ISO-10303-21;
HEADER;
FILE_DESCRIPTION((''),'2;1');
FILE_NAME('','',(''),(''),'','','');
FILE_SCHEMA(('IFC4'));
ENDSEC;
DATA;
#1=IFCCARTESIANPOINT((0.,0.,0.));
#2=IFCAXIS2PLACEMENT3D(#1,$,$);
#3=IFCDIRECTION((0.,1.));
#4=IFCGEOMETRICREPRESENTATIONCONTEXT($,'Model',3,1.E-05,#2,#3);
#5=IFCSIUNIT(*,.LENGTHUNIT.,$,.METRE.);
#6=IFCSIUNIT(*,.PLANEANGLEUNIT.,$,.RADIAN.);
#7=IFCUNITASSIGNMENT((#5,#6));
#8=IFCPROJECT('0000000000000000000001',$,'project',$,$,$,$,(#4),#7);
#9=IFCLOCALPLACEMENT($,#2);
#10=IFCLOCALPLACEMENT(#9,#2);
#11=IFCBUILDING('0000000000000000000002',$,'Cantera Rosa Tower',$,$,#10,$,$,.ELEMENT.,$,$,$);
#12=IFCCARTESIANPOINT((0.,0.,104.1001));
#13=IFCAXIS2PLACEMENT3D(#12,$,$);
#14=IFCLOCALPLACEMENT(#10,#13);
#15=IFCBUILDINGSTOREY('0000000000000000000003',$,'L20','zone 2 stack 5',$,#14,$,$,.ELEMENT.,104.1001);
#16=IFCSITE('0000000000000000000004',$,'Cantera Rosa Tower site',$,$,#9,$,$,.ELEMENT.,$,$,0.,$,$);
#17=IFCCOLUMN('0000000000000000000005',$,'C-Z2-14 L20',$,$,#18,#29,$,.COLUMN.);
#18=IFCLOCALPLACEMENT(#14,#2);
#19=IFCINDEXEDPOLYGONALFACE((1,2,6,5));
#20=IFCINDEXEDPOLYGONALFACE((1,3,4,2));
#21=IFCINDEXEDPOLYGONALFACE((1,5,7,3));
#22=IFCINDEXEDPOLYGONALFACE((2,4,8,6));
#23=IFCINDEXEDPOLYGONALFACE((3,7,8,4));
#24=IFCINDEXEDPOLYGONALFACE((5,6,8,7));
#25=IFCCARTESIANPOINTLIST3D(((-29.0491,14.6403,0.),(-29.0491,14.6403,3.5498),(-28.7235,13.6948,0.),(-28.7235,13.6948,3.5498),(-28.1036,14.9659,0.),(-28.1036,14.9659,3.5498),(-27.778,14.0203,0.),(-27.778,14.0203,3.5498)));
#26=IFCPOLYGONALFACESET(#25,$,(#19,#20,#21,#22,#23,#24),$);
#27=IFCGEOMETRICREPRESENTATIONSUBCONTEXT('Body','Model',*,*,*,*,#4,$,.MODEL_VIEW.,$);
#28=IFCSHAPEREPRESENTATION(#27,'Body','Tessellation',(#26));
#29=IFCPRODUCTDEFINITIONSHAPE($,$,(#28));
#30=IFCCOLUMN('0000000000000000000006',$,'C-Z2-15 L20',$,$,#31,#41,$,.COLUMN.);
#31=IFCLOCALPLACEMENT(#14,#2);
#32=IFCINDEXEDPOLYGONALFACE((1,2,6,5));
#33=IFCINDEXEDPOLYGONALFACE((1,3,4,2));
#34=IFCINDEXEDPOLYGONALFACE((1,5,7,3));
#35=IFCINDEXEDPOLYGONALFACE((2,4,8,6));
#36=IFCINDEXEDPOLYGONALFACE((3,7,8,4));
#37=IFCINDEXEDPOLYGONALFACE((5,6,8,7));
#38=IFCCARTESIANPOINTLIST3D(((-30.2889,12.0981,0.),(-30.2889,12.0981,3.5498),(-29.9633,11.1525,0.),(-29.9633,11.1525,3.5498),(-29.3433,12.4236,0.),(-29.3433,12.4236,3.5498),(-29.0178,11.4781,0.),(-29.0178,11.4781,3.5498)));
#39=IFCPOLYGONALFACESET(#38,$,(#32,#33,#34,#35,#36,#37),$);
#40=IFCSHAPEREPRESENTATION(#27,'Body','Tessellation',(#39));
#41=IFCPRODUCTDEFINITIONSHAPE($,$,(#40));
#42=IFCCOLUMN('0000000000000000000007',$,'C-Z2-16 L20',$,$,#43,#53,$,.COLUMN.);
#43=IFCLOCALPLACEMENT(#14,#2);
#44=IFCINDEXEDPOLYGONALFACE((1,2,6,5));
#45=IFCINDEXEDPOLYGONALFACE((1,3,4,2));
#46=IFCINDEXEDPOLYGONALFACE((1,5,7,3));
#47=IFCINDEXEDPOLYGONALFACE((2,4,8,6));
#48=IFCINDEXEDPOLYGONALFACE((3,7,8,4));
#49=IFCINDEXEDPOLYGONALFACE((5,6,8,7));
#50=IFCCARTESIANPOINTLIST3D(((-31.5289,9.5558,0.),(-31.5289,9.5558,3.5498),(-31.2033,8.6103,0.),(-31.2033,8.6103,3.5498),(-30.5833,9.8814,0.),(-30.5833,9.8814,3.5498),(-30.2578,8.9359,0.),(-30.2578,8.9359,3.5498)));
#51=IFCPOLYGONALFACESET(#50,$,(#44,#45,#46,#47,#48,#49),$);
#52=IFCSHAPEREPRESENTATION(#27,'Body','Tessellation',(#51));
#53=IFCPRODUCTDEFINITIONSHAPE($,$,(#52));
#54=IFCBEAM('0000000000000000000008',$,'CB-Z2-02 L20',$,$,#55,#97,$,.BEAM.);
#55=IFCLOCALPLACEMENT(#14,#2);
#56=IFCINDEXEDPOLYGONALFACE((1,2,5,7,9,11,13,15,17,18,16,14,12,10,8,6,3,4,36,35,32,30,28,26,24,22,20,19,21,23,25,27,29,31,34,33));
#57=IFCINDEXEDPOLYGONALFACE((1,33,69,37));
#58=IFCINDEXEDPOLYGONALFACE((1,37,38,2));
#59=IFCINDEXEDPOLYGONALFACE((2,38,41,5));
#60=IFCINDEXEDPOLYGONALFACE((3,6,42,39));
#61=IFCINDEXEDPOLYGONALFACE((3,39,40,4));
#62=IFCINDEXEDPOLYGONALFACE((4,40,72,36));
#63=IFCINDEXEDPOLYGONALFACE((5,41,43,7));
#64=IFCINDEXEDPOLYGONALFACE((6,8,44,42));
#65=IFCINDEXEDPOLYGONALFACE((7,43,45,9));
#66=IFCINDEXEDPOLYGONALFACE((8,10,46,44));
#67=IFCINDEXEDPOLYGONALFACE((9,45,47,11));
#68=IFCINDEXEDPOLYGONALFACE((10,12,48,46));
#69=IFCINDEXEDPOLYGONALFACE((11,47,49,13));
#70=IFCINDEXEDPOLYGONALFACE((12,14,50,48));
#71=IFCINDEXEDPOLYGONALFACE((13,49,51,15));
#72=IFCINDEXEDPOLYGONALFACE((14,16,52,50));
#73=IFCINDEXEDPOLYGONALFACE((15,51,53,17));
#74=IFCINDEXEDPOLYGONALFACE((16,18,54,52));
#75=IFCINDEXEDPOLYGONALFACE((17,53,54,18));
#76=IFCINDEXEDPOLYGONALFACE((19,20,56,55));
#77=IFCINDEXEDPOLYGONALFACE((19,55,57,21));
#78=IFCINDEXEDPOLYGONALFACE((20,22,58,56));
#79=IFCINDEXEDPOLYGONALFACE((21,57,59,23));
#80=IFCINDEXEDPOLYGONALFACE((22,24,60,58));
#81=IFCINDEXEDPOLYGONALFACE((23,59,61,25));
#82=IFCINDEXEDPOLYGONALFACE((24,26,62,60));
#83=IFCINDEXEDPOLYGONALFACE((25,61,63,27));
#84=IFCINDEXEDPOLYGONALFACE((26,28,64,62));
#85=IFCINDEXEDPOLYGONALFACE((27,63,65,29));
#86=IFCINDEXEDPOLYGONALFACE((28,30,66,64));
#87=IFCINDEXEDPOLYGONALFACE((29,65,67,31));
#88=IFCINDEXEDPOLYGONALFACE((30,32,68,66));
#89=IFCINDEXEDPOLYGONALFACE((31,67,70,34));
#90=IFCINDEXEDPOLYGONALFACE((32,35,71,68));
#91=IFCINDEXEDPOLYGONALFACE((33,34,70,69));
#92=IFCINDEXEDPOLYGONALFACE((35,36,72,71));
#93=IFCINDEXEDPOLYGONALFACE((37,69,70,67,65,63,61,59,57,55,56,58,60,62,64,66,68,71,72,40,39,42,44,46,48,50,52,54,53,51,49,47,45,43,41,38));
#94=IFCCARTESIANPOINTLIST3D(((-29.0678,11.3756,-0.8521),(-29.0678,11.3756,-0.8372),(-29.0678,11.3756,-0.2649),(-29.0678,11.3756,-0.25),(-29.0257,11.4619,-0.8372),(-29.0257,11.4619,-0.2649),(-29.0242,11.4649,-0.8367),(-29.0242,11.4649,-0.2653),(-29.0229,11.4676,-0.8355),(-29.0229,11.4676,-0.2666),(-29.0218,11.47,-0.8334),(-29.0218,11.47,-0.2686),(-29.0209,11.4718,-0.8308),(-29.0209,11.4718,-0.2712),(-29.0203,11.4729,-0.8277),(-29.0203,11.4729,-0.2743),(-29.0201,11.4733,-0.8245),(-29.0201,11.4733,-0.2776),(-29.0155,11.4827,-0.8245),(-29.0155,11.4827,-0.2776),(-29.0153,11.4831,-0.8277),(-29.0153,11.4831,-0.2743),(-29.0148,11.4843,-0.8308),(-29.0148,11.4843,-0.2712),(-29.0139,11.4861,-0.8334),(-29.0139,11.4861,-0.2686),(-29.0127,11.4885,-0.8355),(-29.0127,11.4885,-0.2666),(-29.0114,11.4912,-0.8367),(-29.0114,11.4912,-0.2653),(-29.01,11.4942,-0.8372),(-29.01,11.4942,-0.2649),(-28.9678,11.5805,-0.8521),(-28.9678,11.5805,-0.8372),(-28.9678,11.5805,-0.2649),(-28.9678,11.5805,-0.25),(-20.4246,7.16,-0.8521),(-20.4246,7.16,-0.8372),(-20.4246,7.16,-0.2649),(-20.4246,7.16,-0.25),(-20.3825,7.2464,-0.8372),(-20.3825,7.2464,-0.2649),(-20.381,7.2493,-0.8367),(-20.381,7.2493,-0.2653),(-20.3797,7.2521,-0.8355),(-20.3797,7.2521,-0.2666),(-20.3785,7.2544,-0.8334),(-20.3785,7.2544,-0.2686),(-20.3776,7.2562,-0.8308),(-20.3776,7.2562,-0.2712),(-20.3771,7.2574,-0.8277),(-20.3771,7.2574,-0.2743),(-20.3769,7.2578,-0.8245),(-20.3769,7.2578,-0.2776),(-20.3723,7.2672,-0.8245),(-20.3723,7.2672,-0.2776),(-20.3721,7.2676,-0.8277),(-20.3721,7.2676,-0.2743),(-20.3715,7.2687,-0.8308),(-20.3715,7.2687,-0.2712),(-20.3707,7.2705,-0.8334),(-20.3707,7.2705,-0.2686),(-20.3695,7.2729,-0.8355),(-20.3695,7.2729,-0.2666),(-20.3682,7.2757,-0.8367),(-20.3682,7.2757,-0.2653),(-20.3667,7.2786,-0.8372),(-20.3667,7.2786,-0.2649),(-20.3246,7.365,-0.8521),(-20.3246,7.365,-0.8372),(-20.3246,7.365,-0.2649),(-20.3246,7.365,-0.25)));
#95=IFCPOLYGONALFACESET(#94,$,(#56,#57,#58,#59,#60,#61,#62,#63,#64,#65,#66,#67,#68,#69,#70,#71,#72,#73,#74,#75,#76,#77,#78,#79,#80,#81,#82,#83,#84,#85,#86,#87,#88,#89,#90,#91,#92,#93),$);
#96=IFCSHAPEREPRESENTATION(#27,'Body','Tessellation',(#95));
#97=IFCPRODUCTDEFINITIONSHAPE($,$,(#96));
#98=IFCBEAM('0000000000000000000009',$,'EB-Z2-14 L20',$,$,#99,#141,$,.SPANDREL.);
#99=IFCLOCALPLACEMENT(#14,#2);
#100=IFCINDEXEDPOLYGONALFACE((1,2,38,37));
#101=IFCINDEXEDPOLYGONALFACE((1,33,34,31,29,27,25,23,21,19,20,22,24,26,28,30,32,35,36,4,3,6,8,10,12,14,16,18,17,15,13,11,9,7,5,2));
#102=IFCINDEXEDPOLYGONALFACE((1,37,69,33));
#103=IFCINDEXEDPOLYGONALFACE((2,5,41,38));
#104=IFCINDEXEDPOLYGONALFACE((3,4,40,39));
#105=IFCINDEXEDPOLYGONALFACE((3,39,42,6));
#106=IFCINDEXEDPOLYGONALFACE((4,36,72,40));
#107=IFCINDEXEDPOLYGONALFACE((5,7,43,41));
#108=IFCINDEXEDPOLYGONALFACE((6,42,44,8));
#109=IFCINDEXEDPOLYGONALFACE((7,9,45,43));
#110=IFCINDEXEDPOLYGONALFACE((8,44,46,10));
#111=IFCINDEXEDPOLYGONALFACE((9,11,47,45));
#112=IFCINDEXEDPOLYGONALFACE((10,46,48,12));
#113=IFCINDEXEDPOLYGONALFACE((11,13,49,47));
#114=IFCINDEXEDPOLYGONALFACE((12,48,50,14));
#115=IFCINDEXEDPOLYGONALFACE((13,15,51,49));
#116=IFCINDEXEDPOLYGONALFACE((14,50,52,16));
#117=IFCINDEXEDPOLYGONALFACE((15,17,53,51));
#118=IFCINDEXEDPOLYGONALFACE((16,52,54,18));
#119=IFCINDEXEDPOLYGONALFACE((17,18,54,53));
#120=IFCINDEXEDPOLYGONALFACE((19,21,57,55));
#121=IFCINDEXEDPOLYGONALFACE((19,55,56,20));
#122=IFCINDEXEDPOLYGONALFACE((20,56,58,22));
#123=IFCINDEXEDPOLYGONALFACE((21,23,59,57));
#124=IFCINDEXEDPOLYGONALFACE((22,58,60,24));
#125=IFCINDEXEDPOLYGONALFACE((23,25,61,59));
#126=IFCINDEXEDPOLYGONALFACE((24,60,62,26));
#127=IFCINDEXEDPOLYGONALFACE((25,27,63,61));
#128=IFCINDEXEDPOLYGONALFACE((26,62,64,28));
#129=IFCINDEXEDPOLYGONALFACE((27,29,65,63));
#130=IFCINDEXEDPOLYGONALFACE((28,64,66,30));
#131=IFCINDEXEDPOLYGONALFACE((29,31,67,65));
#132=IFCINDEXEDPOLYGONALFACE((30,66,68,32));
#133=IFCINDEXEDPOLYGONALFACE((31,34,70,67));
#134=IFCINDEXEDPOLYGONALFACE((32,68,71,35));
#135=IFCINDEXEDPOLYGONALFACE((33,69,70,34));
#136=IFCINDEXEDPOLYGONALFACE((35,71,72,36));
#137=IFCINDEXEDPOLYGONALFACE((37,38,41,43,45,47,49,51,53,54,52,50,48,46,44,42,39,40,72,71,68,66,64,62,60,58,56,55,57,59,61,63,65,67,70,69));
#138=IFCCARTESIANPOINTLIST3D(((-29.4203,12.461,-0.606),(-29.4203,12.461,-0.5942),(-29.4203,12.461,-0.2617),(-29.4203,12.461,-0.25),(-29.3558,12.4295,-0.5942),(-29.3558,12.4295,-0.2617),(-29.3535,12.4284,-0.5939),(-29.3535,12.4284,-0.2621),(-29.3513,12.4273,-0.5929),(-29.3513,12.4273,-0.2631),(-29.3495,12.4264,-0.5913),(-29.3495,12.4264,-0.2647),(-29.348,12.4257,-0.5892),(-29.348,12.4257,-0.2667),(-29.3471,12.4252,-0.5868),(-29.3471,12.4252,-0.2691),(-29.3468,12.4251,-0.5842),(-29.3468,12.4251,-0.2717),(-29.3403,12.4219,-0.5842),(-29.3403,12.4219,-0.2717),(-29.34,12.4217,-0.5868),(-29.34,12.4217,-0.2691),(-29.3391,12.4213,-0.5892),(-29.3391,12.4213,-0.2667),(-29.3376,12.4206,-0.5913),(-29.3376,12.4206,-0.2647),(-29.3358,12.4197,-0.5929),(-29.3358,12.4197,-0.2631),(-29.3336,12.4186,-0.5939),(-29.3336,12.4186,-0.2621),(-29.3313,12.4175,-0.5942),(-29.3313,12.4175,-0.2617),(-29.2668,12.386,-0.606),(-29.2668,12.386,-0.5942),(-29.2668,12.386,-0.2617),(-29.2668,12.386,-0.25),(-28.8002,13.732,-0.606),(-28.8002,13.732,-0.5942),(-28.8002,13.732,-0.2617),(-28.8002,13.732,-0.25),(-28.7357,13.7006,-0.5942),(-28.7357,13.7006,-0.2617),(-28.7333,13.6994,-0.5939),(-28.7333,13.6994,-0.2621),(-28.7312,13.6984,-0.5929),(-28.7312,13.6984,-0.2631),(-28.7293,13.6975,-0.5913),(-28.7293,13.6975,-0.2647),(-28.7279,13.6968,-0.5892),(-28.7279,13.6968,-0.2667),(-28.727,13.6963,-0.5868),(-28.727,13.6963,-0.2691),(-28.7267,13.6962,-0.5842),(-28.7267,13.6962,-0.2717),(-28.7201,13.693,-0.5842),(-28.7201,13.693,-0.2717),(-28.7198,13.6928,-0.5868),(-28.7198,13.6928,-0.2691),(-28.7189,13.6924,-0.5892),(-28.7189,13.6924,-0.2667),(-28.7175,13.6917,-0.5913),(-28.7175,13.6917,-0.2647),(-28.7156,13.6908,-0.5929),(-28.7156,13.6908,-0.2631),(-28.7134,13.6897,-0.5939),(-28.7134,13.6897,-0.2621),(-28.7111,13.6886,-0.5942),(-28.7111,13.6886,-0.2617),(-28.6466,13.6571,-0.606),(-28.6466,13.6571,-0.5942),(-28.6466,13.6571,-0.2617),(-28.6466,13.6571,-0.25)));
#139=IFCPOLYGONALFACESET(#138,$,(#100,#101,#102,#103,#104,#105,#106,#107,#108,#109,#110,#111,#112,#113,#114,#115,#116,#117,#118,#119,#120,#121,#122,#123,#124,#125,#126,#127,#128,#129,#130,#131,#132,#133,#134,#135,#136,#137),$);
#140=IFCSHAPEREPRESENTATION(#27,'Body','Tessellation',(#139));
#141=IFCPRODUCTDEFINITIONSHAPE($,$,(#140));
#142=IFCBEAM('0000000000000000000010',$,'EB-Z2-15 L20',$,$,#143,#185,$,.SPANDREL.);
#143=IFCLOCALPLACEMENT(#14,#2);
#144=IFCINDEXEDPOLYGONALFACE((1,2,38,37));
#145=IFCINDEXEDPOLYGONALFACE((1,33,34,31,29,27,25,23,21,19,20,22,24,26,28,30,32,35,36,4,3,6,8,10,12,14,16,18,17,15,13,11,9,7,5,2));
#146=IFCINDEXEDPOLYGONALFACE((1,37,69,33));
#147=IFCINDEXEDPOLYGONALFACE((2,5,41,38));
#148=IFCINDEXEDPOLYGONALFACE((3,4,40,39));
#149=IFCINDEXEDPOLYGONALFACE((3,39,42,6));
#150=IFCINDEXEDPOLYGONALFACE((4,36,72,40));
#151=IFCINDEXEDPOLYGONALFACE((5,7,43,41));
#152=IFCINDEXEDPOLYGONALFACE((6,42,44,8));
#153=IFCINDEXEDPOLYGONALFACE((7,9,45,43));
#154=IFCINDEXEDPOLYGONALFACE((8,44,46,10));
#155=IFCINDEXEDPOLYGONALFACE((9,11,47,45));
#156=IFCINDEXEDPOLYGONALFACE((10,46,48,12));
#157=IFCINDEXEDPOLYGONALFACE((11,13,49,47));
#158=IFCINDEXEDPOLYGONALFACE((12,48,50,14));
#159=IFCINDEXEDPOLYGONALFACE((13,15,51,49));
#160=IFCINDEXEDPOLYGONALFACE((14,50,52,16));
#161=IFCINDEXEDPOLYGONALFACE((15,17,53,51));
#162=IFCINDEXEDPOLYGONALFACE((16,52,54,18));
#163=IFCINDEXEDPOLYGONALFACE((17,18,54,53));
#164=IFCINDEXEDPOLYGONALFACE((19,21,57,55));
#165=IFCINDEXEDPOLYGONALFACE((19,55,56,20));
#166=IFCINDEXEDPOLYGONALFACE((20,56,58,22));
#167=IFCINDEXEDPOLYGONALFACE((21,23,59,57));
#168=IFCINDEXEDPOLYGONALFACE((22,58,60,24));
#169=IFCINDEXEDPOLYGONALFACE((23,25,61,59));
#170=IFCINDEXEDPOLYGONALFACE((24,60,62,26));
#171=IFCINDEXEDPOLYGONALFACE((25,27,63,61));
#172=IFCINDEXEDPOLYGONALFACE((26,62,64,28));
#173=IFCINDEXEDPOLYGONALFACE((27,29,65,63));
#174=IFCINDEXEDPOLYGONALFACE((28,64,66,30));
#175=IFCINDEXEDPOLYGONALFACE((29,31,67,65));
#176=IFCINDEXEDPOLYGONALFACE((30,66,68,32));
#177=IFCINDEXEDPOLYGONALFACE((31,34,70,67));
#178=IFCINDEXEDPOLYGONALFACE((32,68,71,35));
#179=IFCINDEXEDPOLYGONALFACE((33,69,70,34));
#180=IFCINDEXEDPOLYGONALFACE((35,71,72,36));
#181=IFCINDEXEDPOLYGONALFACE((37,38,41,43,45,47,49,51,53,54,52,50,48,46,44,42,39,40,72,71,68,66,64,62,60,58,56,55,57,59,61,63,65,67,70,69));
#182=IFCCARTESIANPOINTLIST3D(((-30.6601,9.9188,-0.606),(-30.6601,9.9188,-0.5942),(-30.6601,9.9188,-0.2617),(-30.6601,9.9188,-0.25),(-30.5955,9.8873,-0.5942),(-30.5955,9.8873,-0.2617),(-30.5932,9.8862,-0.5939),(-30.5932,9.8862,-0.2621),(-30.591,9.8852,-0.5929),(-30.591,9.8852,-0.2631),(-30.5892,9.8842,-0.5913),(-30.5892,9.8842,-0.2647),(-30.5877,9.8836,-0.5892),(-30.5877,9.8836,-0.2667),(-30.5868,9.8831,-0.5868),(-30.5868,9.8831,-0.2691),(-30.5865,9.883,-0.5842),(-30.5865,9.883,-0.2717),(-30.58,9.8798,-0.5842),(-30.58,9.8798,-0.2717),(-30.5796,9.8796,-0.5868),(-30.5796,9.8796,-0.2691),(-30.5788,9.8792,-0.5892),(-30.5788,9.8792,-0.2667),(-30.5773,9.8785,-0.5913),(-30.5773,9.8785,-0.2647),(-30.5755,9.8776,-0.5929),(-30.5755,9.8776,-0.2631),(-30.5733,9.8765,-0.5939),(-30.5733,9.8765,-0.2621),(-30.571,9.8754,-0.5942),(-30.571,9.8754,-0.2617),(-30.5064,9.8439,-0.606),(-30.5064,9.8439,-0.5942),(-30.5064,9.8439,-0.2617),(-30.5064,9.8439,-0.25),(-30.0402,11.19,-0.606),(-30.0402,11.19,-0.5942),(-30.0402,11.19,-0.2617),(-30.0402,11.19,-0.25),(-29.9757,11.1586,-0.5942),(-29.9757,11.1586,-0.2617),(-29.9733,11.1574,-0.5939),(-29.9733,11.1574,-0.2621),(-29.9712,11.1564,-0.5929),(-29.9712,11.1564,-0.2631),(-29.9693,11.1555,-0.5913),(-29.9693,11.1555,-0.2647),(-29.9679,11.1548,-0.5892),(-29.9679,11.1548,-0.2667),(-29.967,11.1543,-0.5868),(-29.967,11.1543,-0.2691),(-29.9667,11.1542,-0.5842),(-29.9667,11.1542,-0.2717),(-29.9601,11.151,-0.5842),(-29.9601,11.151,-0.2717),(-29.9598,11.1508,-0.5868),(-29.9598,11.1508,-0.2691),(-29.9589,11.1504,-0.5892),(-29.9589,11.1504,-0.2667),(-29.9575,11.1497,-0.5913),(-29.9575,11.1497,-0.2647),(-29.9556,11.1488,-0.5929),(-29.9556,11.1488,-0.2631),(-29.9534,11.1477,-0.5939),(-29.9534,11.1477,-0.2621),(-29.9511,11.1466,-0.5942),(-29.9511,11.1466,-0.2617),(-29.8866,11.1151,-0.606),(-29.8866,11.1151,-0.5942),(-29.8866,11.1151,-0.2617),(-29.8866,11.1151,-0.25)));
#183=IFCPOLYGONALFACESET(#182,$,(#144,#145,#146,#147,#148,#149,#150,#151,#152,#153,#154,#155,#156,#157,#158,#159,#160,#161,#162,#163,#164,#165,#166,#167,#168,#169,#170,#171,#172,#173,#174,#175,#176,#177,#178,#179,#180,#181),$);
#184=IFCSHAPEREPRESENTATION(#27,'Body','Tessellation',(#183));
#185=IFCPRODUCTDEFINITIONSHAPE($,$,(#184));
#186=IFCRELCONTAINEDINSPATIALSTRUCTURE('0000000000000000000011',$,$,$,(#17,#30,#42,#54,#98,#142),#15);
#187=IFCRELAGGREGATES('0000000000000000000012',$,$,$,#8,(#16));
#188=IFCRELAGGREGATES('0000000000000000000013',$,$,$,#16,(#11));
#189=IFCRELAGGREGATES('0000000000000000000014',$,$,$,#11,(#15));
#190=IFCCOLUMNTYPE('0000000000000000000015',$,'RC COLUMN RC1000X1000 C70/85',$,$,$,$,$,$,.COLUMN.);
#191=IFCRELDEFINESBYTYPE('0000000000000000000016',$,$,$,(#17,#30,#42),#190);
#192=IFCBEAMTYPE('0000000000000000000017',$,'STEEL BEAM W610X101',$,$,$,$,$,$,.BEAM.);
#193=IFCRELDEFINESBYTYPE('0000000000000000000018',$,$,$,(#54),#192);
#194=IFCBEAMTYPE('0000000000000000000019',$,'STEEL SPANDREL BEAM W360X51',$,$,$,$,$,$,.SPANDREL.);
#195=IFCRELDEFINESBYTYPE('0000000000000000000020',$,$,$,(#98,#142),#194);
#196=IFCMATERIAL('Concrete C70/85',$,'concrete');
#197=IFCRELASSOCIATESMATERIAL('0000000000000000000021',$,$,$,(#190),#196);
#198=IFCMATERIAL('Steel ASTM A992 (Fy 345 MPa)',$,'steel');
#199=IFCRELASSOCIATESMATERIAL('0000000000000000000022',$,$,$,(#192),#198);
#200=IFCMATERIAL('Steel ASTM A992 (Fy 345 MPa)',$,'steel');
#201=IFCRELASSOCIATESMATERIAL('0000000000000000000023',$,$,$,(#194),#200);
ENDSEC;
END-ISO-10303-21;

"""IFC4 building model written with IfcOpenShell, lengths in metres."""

from ifc_helpers import new_model, si_unit, direction, frame, origin, origin_2d, place, context, subcontext, project, spatial, rectangle, i_section, extrude, material, material_profile, profile_set, type_object, element, save


model = new_model("IFC4")

# Units and contexts
model_context = context("Model", 3, precision=1e-05, world=origin(), true_north=direction((0.0, 1.0)))
body_context = subcontext(model_context, "Body", "Model", "MODEL_VIEW")
ifc_project = project(units=[si_unit("LENGTHUNIT", "METRE"), si_unit("PLANEANGLEUNIT", "RADIAN")], contexts=[model_context])

# Site, building, storey
site_placement = place(None, origin())
site = spatial("IfcSite", under=ifc_project, at=site_placement, Name="Cantera Rosa Tower site", CompositionType="ELEMENT", RefElevation=0.0)
building_placement = place(site_placement, origin())
building = spatial("IfcBuilding", under=site, at=building_placement, Name="Cantera Rosa Tower", CompositionType="ELEMENT")
storey_placement = place(building_placement, frame((0.0, 0.0, 104.1001)))
storey = spatial("IfcBuildingStorey", under=building, at=storey_placement, Name="L20", Description="zone 2 stack 5", CompositionType="ELEMENT", Elevation=104.1001)

# Columns
ifc_material_1 = material(Name="Concrete C70/85", Category="concrete")
ifc_material_profile_1 = material_profile(ifc_material_1, rectangle(XDim=1.0, YDim=1.0, at=origin_2d()), Name="RC COLUMN RC1000X1000 C70/85")
ifc_profile_set_1 = profile_set([ifc_material_profile_1], Name="Concrete C70/85")
column_type = type_object("IfcColumnType", Name="RC COLUMN RC1000X1000 C70/85", PredefinedType="COLUMN", material=ifc_profile_set_1)
for number, where, z_axis, x_axis, name in (
    (1, (-28.4136, 14.3303, 0.0), (0.0, 0.0, 1.0), (0.945519, 0.325568, 0.0), "C-Z2-14 L20"),
    (2, (-29.6533, 11.7881, 0.0), (0.0, 0.0, 1.0), (0.945519, 0.325568, 0.0), "C-Z2-15 L20"),
    (3, (-30.8933, 9.2458, 0.0), (0.0, 0.0, 1.0), (0.945519, 0.325568, 0.0), "C-Z2-16 L20"),
):
    element("IfcColumn", number, at=place(storey_placement, frame(where, z_axis=z_axis, x_axis=x_axis)), inside=storey, type_object=column_type, Name=name, PredefinedType="COLUMN", context=body_context, shape_type="SweptSolid", body=[
        extrude(rectangle(XDim=1.0, YDim=1.0, at=origin_2d()), origin(), (0.0, 0.0, 1.0), 3.5498),
    ])

# Beams
ifc_material_2 = material(Name="Steel ASTM A992 (Fy 345 MPa)", Category="steel")
ifc_material_profile_2 = material_profile(ifc_material_2, i_section(OverallWidth=0.228, OverallDepth=0.6021, WebThickness=0.0105, FlangeThickness=0.0149, FilletRadius=0.0127, at=origin_2d()), Name="W610X101")
ifc_profile_set_2 = profile_set([ifc_material_profile_2], Name="Steel ASTM A992 (Fy 345 MPa)")
beam_type_1 = type_object("IfcBeamType", Name="STEEL BEAM W610X101", PredefinedType="BEAM", material=ifc_profile_set_2)
beam_1_placement = place(storey_placement, frame((-29.0178, 11.478, -0.551), z_axis=(0.898796, -0.438367, 0.0), x_axis=(0.438367, 0.898796, 0.0)))
element("IfcBeam", 4, at=beam_1_placement, inside=storey, type_object=beam_type_1, Name="CB-Z2-02 L20", PredefinedType="BEAM", context=body_context, shape_type="SweptSolid", body=[
    extrude(i_section(OverallWidth=0.228, OverallDepth=0.6021, WebThickness=0.0105, FlangeThickness=0.0149, FilletRadius=0.0127, at=origin_2d()), origin(), (0.0, 0.0, 1.0), 9.6165),
])
ifc_material_3 = material(Name="Steel ASTM A992 (Fy 345 MPa)", Category="steel")
ifc_material_profile_3 = material_profile(ifc_material_3, i_section(OverallWidth=0.1709, OverallDepth=0.356, WebThickness=0.0073, FlangeThickness=0.0117, FilletRadius=0.01, at=origin_2d()), Name="W360X51")
ifc_profile_set_3 = profile_set([ifc_material_profile_3], Name="Steel ASTM A992 (Fy 345 MPa)")
beam_type_2 = type_object("IfcBeamType", Name="STEEL SPANDREL BEAM W360X51", PredefinedType="SPANDREL", material=ifc_profile_set_3)
for number, where, z_axis, x_axis, name in (
    (5, (-28.7234, 13.6946, -0.428), (-0.438492, -0.898735, 0.0), (0.898735, -0.438492, 0.0), "EB-Z2-14 L20"),
    (6, (-29.9634, 11.1526, -0.428), (-0.438284, -0.898836, 0.0), (0.898836, -0.438284, 0.0), "EB-Z2-15 L20"),
):
    element("IfcBeam", number, at=place(storey_placement, frame(where, z_axis=z_axis, x_axis=x_axis)), inside=storey, type_object=beam_type_2, Name=name, PredefinedType="SPANDREL", context=body_context, shape_type="SweptSolid", body=[
        extrude(i_section(OverallWidth=0.1709, OverallDepth=0.356, WebThickness=0.0073, FlangeThickness=0.0117, FilletRadius=0.01, at=origin_2d()), origin(), (0.0, 0.0, 1.0), 1.4143),
    ])

save(model, "model.ifc")
